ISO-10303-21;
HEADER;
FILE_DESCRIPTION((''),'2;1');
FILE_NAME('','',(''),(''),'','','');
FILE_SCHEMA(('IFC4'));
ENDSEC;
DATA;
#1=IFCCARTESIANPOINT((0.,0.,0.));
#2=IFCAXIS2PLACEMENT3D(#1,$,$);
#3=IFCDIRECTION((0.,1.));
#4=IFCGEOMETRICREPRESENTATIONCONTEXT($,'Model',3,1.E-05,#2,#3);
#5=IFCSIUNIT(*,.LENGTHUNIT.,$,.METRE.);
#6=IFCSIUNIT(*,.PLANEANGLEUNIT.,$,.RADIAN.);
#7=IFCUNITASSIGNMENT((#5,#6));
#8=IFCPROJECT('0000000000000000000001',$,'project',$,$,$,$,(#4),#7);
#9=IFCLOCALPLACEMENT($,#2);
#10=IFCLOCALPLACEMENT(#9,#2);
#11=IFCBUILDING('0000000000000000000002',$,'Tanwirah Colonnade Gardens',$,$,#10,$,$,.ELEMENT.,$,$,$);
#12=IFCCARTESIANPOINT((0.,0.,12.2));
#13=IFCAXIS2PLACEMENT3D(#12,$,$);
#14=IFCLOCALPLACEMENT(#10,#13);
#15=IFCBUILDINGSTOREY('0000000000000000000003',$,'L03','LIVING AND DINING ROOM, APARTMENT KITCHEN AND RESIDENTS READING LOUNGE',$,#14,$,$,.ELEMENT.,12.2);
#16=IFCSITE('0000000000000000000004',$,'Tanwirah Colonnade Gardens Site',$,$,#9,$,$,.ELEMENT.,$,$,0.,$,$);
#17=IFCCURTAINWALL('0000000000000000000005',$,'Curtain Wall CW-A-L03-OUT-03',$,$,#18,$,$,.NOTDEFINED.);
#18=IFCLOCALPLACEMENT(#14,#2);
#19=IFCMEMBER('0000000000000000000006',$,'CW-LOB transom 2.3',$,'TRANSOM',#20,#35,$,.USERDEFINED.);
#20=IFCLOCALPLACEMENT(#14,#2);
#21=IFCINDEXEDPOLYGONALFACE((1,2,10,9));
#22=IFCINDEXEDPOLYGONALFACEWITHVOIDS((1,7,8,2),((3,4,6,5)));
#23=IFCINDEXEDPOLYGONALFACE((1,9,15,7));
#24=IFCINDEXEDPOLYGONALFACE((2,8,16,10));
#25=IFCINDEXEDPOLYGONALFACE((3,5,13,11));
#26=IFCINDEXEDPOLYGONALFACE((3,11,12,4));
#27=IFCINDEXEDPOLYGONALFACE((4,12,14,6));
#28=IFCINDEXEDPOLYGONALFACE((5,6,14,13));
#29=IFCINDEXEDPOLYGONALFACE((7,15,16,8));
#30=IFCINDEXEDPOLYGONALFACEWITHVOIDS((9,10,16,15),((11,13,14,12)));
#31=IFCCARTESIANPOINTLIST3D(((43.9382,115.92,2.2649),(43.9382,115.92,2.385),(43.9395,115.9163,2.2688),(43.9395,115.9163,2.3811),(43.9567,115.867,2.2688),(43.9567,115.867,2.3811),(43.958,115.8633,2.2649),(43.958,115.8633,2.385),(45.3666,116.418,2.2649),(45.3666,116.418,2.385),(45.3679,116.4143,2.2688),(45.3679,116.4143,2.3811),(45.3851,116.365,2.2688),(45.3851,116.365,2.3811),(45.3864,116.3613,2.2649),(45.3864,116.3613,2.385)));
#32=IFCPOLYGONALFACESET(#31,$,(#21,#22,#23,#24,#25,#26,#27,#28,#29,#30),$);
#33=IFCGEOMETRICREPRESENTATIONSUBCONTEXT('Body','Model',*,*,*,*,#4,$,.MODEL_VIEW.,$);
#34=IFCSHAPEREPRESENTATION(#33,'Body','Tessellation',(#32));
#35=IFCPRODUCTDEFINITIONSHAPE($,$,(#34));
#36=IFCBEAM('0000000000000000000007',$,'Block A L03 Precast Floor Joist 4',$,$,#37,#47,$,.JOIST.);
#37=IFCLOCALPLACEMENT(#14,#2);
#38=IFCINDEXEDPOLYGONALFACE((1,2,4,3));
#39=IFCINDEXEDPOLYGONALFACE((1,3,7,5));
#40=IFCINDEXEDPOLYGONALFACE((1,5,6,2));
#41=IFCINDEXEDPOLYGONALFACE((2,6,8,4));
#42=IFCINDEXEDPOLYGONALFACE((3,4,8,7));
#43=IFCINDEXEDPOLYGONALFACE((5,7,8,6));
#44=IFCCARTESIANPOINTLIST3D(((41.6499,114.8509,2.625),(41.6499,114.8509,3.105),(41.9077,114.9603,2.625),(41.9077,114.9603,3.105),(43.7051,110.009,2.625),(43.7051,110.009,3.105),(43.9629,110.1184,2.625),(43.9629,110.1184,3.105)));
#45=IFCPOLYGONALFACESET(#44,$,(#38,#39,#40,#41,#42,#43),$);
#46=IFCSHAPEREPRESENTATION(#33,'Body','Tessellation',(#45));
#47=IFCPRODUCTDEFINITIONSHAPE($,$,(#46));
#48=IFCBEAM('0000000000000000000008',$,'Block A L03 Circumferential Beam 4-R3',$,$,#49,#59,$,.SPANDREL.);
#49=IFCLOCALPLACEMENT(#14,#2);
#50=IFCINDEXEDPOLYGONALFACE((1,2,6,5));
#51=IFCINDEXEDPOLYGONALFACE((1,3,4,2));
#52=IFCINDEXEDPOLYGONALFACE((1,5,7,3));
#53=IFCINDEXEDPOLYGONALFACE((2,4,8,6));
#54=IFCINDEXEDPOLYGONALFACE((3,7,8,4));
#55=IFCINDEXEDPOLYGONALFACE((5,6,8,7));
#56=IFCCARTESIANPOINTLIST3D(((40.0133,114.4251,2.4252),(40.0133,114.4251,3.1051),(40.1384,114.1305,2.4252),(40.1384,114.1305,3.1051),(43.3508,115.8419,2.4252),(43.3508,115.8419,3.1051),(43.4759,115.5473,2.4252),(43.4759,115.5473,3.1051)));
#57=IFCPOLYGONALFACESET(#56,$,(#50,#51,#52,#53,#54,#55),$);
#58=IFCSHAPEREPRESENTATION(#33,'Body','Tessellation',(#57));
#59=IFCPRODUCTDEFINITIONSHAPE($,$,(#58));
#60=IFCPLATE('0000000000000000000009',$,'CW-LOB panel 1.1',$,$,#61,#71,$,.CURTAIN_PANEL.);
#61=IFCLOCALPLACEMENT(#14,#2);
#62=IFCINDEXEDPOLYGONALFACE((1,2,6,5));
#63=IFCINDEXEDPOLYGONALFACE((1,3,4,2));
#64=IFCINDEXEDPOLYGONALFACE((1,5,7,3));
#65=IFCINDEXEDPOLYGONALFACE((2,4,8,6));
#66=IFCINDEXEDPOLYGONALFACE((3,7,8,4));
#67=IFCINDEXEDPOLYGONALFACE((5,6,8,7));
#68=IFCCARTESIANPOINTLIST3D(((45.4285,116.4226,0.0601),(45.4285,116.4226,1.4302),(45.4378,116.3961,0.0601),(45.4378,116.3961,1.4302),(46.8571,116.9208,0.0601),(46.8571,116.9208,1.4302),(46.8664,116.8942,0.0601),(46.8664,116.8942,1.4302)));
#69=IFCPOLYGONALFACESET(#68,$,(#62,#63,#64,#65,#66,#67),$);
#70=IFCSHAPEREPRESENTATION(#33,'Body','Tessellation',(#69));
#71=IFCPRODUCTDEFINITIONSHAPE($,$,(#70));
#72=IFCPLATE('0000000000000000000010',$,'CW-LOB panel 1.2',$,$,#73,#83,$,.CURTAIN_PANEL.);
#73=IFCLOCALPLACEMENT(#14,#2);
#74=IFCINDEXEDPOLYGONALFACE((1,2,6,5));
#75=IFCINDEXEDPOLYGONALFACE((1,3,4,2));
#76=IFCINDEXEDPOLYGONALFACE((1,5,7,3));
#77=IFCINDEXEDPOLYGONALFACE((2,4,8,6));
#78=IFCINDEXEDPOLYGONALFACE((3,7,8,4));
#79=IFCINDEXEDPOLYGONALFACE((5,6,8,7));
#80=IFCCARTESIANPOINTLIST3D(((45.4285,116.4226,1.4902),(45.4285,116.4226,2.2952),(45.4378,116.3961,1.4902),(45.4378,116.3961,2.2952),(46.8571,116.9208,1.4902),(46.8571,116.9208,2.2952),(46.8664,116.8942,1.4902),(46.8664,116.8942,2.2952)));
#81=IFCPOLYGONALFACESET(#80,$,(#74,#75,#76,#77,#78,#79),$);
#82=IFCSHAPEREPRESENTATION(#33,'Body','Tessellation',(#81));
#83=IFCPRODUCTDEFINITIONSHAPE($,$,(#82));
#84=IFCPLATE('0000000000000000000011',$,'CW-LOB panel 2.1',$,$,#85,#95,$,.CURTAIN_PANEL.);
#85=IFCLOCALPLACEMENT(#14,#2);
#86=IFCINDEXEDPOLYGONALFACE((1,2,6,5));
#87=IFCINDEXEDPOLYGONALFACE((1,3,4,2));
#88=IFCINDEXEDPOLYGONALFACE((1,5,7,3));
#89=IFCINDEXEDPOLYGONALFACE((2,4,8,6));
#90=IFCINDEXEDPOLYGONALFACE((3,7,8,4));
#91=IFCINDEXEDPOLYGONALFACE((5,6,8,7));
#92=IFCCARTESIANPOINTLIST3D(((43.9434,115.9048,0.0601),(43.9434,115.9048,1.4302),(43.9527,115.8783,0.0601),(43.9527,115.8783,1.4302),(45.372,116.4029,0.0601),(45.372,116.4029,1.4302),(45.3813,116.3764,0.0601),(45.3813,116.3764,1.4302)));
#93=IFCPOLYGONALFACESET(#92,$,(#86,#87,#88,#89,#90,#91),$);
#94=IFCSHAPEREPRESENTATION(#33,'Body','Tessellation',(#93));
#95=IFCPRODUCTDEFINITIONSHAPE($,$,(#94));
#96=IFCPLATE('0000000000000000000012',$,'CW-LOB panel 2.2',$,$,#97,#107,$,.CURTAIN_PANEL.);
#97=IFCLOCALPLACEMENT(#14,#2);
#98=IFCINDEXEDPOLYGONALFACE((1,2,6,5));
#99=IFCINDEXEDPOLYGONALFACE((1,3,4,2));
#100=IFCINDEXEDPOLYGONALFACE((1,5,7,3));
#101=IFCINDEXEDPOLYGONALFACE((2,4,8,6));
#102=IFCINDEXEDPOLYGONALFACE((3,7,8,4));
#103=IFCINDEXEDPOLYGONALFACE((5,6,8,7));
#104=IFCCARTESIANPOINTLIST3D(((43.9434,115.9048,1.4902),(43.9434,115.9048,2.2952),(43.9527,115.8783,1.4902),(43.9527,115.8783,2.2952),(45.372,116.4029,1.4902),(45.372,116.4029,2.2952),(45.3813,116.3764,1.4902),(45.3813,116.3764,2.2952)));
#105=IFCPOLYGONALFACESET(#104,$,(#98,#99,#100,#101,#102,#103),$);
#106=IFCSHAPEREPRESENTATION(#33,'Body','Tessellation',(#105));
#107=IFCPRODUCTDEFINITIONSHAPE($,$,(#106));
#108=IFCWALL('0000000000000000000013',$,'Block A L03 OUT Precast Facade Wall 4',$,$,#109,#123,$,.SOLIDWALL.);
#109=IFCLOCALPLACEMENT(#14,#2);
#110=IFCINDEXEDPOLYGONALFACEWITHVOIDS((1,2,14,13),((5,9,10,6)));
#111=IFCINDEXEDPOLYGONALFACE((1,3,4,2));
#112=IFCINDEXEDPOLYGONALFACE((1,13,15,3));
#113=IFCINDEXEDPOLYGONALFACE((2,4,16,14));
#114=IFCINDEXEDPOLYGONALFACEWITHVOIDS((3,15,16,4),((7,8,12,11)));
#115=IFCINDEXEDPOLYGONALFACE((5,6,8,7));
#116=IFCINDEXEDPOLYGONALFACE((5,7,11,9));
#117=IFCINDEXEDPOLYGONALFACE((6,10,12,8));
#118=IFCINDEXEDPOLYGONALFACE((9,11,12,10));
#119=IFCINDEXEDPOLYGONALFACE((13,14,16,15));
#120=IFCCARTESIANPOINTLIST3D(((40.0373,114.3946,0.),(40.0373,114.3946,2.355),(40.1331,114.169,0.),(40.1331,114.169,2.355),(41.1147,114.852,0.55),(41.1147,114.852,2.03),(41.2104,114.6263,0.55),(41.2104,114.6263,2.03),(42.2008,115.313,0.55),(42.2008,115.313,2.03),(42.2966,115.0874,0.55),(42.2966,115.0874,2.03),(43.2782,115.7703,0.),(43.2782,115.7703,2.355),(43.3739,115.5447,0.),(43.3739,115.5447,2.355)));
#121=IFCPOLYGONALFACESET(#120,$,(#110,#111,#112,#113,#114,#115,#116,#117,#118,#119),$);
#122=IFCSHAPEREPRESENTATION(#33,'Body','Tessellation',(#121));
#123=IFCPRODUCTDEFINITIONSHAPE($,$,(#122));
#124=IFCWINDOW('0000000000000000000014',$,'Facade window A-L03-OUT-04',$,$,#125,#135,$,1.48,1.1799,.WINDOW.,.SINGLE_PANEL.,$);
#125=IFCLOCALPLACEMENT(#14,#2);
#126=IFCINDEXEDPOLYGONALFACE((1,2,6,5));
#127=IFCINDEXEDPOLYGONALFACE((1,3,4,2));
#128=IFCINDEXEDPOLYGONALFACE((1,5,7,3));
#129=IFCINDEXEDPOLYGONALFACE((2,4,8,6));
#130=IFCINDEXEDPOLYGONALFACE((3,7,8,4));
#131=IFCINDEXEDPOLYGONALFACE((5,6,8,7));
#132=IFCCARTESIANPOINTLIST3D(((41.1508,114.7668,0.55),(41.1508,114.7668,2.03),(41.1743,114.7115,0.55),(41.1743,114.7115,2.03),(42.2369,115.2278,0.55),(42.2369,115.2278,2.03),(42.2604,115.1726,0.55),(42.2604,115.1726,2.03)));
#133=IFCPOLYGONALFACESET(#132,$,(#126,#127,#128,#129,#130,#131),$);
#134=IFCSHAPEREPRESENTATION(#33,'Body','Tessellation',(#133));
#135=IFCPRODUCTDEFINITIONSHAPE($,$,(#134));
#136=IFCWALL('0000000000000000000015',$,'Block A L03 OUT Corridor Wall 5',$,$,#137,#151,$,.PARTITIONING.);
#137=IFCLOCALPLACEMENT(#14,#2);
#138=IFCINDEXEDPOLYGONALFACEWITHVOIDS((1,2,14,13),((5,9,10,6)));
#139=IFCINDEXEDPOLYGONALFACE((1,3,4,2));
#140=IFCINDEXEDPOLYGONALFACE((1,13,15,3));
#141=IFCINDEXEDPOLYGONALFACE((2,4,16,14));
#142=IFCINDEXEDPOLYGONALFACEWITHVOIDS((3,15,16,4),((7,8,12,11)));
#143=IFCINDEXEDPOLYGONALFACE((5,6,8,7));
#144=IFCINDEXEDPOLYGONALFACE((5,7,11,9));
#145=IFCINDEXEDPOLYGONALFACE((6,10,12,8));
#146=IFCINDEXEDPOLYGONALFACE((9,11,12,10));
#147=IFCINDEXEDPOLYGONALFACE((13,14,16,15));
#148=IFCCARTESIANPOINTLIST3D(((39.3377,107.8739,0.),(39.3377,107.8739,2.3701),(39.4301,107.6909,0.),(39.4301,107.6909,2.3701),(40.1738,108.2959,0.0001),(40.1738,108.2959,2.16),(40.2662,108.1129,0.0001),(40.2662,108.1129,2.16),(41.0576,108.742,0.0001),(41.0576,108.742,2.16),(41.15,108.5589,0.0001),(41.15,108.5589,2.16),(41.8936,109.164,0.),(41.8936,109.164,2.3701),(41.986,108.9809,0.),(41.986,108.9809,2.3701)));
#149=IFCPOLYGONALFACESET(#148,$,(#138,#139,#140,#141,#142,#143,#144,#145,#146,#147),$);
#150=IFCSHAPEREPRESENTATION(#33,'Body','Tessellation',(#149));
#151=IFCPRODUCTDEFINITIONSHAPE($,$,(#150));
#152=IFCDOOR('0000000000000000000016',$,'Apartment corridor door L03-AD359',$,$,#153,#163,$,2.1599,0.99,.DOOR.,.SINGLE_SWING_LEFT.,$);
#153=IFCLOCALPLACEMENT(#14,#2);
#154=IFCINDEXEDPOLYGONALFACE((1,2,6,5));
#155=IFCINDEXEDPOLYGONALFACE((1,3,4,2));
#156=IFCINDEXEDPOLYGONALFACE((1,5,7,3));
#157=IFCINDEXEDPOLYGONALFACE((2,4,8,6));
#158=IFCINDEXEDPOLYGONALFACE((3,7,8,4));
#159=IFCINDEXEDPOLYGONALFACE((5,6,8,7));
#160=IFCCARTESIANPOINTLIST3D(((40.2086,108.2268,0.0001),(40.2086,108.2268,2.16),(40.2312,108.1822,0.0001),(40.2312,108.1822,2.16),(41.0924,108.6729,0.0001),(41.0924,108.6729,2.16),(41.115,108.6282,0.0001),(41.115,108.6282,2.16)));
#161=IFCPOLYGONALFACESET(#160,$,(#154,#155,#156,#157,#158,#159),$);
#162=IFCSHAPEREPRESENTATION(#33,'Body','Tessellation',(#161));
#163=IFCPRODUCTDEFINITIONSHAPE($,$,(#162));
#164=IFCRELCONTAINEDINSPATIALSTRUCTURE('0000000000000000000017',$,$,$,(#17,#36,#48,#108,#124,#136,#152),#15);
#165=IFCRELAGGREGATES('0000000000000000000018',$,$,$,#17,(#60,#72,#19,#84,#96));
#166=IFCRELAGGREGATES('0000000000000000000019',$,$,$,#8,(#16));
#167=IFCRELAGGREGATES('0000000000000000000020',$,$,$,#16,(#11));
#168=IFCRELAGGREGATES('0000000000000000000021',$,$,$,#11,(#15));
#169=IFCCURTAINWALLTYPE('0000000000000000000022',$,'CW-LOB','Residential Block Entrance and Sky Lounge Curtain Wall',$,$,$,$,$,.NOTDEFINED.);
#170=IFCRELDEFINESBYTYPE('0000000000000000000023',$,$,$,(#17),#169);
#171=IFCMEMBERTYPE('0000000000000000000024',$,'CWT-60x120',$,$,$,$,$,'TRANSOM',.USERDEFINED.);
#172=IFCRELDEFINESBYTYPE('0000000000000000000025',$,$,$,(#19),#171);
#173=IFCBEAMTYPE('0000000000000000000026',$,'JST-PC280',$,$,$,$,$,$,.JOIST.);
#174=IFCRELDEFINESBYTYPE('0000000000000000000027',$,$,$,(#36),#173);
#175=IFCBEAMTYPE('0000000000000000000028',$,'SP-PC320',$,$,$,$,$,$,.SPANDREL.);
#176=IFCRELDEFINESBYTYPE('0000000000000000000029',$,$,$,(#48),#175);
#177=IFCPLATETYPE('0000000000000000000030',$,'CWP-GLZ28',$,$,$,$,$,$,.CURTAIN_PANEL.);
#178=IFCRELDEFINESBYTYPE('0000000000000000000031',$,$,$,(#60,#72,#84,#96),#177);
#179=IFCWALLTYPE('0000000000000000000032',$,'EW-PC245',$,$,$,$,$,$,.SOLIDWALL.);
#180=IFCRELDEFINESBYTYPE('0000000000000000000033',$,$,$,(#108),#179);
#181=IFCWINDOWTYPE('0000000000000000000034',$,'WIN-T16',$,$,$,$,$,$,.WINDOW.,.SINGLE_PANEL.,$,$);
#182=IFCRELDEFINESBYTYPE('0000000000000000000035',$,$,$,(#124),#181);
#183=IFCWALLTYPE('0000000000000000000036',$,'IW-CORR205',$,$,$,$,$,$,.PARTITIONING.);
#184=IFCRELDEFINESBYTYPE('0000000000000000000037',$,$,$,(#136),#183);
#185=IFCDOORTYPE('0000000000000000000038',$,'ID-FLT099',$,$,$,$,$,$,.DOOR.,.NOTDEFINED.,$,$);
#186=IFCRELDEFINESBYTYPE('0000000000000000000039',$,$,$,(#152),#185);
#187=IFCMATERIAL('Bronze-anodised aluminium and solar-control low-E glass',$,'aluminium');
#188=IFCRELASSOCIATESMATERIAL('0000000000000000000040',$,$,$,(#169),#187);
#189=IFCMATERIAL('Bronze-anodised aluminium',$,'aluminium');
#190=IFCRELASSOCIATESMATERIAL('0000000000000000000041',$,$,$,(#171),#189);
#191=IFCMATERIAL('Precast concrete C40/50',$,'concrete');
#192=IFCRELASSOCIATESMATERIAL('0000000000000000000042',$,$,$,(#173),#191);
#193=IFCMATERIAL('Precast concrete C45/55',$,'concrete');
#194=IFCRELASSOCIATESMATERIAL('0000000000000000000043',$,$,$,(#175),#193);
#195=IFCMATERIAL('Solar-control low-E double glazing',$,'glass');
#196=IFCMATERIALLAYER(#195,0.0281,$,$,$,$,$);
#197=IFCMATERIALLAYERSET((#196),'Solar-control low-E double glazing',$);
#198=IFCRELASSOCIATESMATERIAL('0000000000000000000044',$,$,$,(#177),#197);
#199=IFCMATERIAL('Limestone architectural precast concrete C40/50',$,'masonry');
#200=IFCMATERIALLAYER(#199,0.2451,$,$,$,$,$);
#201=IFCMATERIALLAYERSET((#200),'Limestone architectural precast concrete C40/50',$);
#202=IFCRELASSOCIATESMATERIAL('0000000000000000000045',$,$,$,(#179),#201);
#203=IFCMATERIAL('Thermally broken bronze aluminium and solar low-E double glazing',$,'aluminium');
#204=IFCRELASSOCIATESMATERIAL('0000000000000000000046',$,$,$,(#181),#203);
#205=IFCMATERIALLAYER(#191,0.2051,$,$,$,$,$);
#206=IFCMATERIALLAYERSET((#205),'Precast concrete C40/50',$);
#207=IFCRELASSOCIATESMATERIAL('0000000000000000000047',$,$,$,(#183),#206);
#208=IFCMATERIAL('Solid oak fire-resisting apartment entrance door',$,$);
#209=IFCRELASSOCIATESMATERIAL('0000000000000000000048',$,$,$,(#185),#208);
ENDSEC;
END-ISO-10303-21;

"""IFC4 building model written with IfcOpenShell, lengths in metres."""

from ifc_helpers import new_model, si_unit, direction, frame, frame_2d, origin, origin_2d, place, context, subcontext, project, spatial, rectangle, hollow_rectangle, extrude, material, layer, layer_set, material_profile, profile_set, type_object, element, fill, aggregate, save


model = new_model("IFC4")

# Units and contexts
model_context = context("Model", 3, precision=1e-05, world=origin(), true_north=direction((0.0, 1.0)))
body_context = subcontext(model_context, "Body", "Model", "MODEL_VIEW")
ifc_project = project(units=[si_unit("LENGTHUNIT", "METRE"), si_unit("PLANEANGLEUNIT", "RADIAN")], contexts=[model_context])

# Site, building, storey
site_placement = place(None, origin())
site = spatial("IfcSite", under=ifc_project, at=site_placement, Name="Tanwirah Colonnade Gardens Site", CompositionType="ELEMENT", RefElevation=0.0)
building_placement = place(site_placement, origin())
building = spatial("IfcBuilding", under=site, at=building_placement, Name="Tanwirah Colonnade Gardens", CompositionType="ELEMENT")
storey_placement = place(building_placement, frame((0.0, 0.0, 12.2)))
storey = spatial("IfcBuildingStorey", under=building, at=storey_placement, Name="L03", Description="LIVING AND DINING ROOM, APARTMENT KITCHEN AND RESIDENTS READING LOUNGE", CompositionType="ELEMENT", Elevation=12.2)

# Shared definitions
ifc_material_1 = material(Name="Precast concrete C45/55", Category="concrete")

# Shared definitions
ifc_material_2 = material(Name="Precast concrete C40/50", Category="concrete")

# Curtain wall, member
ifc_material_3 = material(Name="Bronze-anodised aluminium and solar-control low-E glass", Category="aluminium")
curtain_wall_type = type_object("IfcCurtainWallType", Name="CW-LOB", Description="Residential Block Entrance and Sky Lounge Curtain Wall", PredefinedType="NOTDEFINED", material=ifc_material_3)
curtain_wall_placement = place(storey_placement, origin())
curtain_wall = element("IfcCurtainWall", 1, at=curtain_wall_placement, inside=storey, type_object=curtain_wall_type, Name="Curtain Wall CW-A-L03-OUT-03", PredefinedType="NOTDEFINED")
ifc_material_4 = material(Name="Bronze-anodised aluminium", Category="aluminium")
ifc_material_profile_1 = material_profile(ifc_material_4, hollow_rectangle(XDim=0.0601, YDim=0.1201, WallThickness=0.0039, at=origin_2d()), Name="CW-TRN 60x120x4")
ifc_profile_set_1 = profile_set([ifc_material_profile_1], Name="Bronze-anodised aluminium")
member_type_1 = type_object("IfcMemberType", Name="CWT-60x120", ElementType="TRANSOM", PredefinedType="USERDEFINED", material=ifc_profile_set_1)
member_1_placement = place(storey_placement, frame((45.3765, 116.3896, 2.325), z_axis=(-0.944253, -0.329222, 0.0), x_axis=(0.329222, -0.944253, 0.0)))
member_1 = element("IfcMember", 2, at=member_1_placement, type_object=member_type_1, Name="CW-LOB transom 2.3", ObjectType="TRANSOM", PredefinedType="USERDEFINED", context=body_context, shape_type="SweptSolid", body=[
    extrude(hollow_rectangle(XDim=0.0601, YDim=0.1201, WallThickness=0.0039, at=origin_2d()), origin(), (0.0, 0.0, 1.0), 1.5127),
])

# Beams
ifc_material_profile_2 = material_profile(ifc_material_2, rectangle(XDim=0.28, YDim=0.48, at=origin_2d()), Name="PC-JST 280x480")
ifc_profile_set_2 = profile_set([ifc_material_profile_2], Name="Precast concrete C40/50")
beam_type_1 = type_object("IfcBeamType", Name="JST-PC280", PredefinedType="JOIST", material=ifc_profile_set_2)
beam_1_placement = place(storey_placement, frame((43.834, 110.0637, 2.865), z_axis=(-0.390724, 0.920508, 0.0), x_axis=(-0.920508, -0.390724, 0.0)))
element("IfcBeam", 3, at=beam_1_placement, inside=storey, type_object=beam_type_1, Name="Block A L03 Precast Floor Joist 4", PredefinedType="JOIST", context=body_context, shape_type="SweptSolid", body=[
    extrude(rectangle(XDim=0.28, YDim=0.48, at=origin_2d()), origin(), (0.0, 0.0, 1.0), 5.26),
])
ifc_material_profile_3 = material_profile(ifc_material_1, rectangle(XDim=0.3201, YDim=0.6799, at=origin_2d()), Name="PC-SP 320x680")
ifc_profile_set_3 = profile_set([ifc_material_profile_3], Name="Precast concrete C45/55")
beam_type_2 = type_object("IfcBeamType", Name="SP-PC320", PredefinedType="SPANDREL", material=ifc_profile_set_3)
beam_2_placement = place(storey_placement, frame((43.4133, 115.6946, 2.7651), z_axis=(-0.920494, -0.390756, 0.0), x_axis=(0.390756, -0.920494, 0.0)))
element("IfcBeam", 4, at=beam_2_placement, inside=storey, type_object=beam_type_2, Name="Block A L03 Circumferential Beam 4-R3", PredefinedType="SPANDREL", context=body_context, shape_type="SweptSolid", body=[
    extrude(rectangle(XDim=0.3201, YDim=0.6799, at=origin_2d()), origin(), (0.0, 0.0, 1.0), 3.6257),
])

# Plates
ifc_material_5 = material(Name="Solar-control low-E double glazing", Category="glass")
ifc_layer_1 = layer(ifc_material_5, 0.0281)
ifc_layer_set_1 = layer_set([ifc_layer_1], Name="Solar-control low-E double glazing")
plate_type = type_object("IfcPlateType", Name="CWP-GLZ28", PredefinedType="CURTAIN_PANEL", material=ifc_layer_set_1)
plate_1_placement = place(storey_placement, frame((46.1475, 116.6584, 0.0601), z_axis=(0.0, 0.0, 1.0), x_axis=(-0.944249, -0.329233, 0.0)))
plate_1 = element("IfcPlate", 5, at=plate_1_placement, type_object=plate_type, Name="CW-LOB panel 1.1", PredefinedType="CURTAIN_PANEL", context=body_context, shape_type="SweptSolid", body=[
    extrude(rectangle(XDim=1.5129, YDim=0.0281, at=origin_2d()), origin(), (0.0, 0.0, 1.0), 1.3701),
])
plate_2_placement = place(storey_placement, frame((46.1475, 116.6584, 1.4902), z_axis=(0.0, 0.0, 1.0), x_axis=(-0.944249, -0.329233, 0.0)))
plate_2 = element("IfcPlate", 6, at=plate_2_placement, type_object=plate_type, Name="CW-LOB panel 1.2", PredefinedType="CURTAIN_PANEL", context=body_context, shape_type="SweptSolid", body=[
    extrude(rectangle(XDim=1.5129, YDim=0.0281, at=origin_2d()), origin(), (0.0, 0.0, 1.0), 0.8049),
])
plate_3_placement = place(storey_placement, frame((44.6624, 116.1406, 0.0601), z_axis=(0.0, 0.0, 1.0), x_axis=(-0.944249, -0.329233, 0.0)))
plate_3 = element("IfcPlate", 7, at=plate_3_placement, type_object=plate_type, Name="CW-LOB panel 2.1", PredefinedType="CURTAIN_PANEL", context=body_context, shape_type="SweptSolid", body=[
    extrude(rectangle(XDim=1.5129, YDim=0.0281, at=origin_2d()), origin(), (0.0, 0.0, 1.0), 1.3701),
])
plate_4_placement = place(storey_placement, frame((44.6624, 116.1406, 1.4902), z_axis=(0.0, 0.0, 1.0), x_axis=(-0.944249, -0.329233, 0.0)))
plate_4 = element("IfcPlate", 8, at=plate_4_placement, type_object=plate_type, Name="CW-LOB panel 2.2", PredefinedType="CURTAIN_PANEL", context=body_context, shape_type="SweptSolid", body=[
    extrude(rectangle(XDim=1.5129, YDim=0.0281, at=origin_2d()), origin(), (0.0, 0.0, 1.0), 0.8049),
])
aggregate(curtain_wall, [plate_1, plate_2, member_1, plate_3, plate_4])

# Wall, opening, window
ifc_material_6 = material(Name="Limestone architectural precast concrete C40/50", Category="masonry")
ifc_layer_2 = layer(ifc_material_6, 0.2451)
ifc_layer_set_2 = layer_set([ifc_layer_2], Name="Limestone architectural precast concrete C40/50")
wall_type_1 = type_object("IfcWallType", Name="EW-PC245", PredefinedType="SOLIDWALL", material=ifc_layer_set_2)
wall_1_placement = place(storey_placement, frame((43.3259, 115.6575, 0.0), z_axis=(0.0, 0.0, 1.0), x_axis=(-0.920502, -0.390737, 0.0)))
wall_1 = element("IfcWall", 9, at=wall_1_placement, inside=storey, type_object=wall_type_1, Name="Block A L03 OUT Precast Facade Wall 4", PredefinedType="SOLIDWALL", context=body_context, shape_type="SweptSolid", body=[
    extrude(rectangle(XDim=3.5208, YDim=0.2451, at=frame_2d((1.7603, 0.0))), origin(), (0.0, 0.0, 1.0), 2.355),
])
opening_1_placement = place(wall_1_placement, frame((1.1704, 0.0, 0.55)))
opening_1 = element("IfcOpeningElement", 10, at=opening_1_placement, cuts=wall_1, PredefinedType="OPENING", context=body_context, shape_type="SweptSolid", body=[
    extrude(rectangle(XDim=1.1799, YDim=1.48, at=frame_2d((0.5898, 0.74))), frame((0.0, 0.1326, 0.0), z_axis=(0.0, -1.0, 0.0), x_axis=(1.0, 0.0, 0.0)), (0.0, 0.0, 1.0), 0.2651),
])
ifc_material_7 = material(Name="Thermally broken bronze aluminium and solar low-E double glazing", Category="aluminium")
window_type = type_object("IfcWindowType", Name="WIN-T16", PartitioningType="SINGLE_PANEL", PredefinedType="WINDOW", material=ifc_material_7)
window_placement = place(opening_1_placement, origin())
window = element("IfcWindow", 11, at=window_placement, inside=storey, type_object=window_type, Name="Facade window A-L03-OUT-04", OverallHeight=1.48, OverallWidth=1.1799, PartitioningType="SINGLE_PANEL", PredefinedType="WINDOW", context=body_context, shape_type="SweptSolid", body=[
    extrude(rectangle(XDim=1.1799, YDim=1.48, at=frame_2d((0.5898, 0.74))), frame((0.0, 0.03, 0.0), z_axis=(0.0, -1.0, 0.0), x_axis=(1.0, 0.0, 0.0)), (0.0, 0.0, 1.0), 0.0601),
])
fill(opening_1, window)

# Wall, opening, door
ifc_layer_3 = layer(ifc_material_2, 0.2051)
ifc_layer_set_3 = layer_set([ifc_layer_3], Name="Precast concrete C40/50")
wall_type_2 = type_object("IfcWallType", Name="IW-CORR205", PredefinedType="PARTITIONING", material=ifc_layer_set_3)
ifc_material_8 = material(Name="Solid oak fire-resisting apartment entrance door")
wall_2_placement = place(storey_placement, frame((41.9399, 109.0725, 0.0), z_axis=(0.0, 0.0, 1.0), x_axis=(-0.892732, -0.450587, 0.0)))
wall_2 = element("IfcWall", 12, at=wall_2_placement, inside=storey, type_object=wall_type_2, Name="Block A L03 OUT Corridor Wall 5", PredefinedType="PARTITIONING", context=body_context, shape_type="SweptSolid", body=[
    extrude(rectangle(XDim=2.863, YDim=0.2051, at=frame_2d((1.4316, 0.0))), origin(), (0.0, 0.0, 1.0), 2.3701),
])
opening_2_placement = place(wall_2_placement, frame((0.9365, 0.0, 0.0)))
opening_2 = element("IfcOpeningElement", 13, at=opening_2_placement, cuts=wall_2, PredefinedType="OPENING", context=body_context, shape_type="SweptSolid", body=[
    extrude(rectangle(XDim=0.99, YDim=2.1599, at=frame_2d((0.4951, 1.0801))), frame((0.0, 0.1125, 0.0), z_axis=(0.0, -1.0, 0.0), x_axis=(1.0, 0.0, 0.0)), (0.0, 0.0, 1.0), 0.2251),
])
door_type_1 = type_object("IfcDoorType", Name="ID-FLT099", OperationType="NOTDEFINED", PredefinedType="DOOR", material=ifc_material_8)
door_1_placement = place(opening_2_placement, origin())
door_1 = element("IfcDoor", 14, at=door_1_placement, inside=storey, type_object=door_type_1, Name="Apartment corridor door L03-AD359", OperationType="SINGLE_SWING_LEFT", OverallHeight=2.1599, OverallWidth=0.99, PredefinedType="DOOR", context=body_context, shape_type="SweptSolid", body=[
    extrude(rectangle(XDim=0.99, YDim=2.1599, at=frame_2d((0.4951, 1.0801))), frame((0.0, 0.0249, 0.0), z_axis=(0.0, -1.0, 0.0), x_axis=(1.0, 0.0, 0.0)), (0.0, 0.0, 1.0), 0.05),
])
fill(opening_2, door_1)

save(model, "model.ifc")
